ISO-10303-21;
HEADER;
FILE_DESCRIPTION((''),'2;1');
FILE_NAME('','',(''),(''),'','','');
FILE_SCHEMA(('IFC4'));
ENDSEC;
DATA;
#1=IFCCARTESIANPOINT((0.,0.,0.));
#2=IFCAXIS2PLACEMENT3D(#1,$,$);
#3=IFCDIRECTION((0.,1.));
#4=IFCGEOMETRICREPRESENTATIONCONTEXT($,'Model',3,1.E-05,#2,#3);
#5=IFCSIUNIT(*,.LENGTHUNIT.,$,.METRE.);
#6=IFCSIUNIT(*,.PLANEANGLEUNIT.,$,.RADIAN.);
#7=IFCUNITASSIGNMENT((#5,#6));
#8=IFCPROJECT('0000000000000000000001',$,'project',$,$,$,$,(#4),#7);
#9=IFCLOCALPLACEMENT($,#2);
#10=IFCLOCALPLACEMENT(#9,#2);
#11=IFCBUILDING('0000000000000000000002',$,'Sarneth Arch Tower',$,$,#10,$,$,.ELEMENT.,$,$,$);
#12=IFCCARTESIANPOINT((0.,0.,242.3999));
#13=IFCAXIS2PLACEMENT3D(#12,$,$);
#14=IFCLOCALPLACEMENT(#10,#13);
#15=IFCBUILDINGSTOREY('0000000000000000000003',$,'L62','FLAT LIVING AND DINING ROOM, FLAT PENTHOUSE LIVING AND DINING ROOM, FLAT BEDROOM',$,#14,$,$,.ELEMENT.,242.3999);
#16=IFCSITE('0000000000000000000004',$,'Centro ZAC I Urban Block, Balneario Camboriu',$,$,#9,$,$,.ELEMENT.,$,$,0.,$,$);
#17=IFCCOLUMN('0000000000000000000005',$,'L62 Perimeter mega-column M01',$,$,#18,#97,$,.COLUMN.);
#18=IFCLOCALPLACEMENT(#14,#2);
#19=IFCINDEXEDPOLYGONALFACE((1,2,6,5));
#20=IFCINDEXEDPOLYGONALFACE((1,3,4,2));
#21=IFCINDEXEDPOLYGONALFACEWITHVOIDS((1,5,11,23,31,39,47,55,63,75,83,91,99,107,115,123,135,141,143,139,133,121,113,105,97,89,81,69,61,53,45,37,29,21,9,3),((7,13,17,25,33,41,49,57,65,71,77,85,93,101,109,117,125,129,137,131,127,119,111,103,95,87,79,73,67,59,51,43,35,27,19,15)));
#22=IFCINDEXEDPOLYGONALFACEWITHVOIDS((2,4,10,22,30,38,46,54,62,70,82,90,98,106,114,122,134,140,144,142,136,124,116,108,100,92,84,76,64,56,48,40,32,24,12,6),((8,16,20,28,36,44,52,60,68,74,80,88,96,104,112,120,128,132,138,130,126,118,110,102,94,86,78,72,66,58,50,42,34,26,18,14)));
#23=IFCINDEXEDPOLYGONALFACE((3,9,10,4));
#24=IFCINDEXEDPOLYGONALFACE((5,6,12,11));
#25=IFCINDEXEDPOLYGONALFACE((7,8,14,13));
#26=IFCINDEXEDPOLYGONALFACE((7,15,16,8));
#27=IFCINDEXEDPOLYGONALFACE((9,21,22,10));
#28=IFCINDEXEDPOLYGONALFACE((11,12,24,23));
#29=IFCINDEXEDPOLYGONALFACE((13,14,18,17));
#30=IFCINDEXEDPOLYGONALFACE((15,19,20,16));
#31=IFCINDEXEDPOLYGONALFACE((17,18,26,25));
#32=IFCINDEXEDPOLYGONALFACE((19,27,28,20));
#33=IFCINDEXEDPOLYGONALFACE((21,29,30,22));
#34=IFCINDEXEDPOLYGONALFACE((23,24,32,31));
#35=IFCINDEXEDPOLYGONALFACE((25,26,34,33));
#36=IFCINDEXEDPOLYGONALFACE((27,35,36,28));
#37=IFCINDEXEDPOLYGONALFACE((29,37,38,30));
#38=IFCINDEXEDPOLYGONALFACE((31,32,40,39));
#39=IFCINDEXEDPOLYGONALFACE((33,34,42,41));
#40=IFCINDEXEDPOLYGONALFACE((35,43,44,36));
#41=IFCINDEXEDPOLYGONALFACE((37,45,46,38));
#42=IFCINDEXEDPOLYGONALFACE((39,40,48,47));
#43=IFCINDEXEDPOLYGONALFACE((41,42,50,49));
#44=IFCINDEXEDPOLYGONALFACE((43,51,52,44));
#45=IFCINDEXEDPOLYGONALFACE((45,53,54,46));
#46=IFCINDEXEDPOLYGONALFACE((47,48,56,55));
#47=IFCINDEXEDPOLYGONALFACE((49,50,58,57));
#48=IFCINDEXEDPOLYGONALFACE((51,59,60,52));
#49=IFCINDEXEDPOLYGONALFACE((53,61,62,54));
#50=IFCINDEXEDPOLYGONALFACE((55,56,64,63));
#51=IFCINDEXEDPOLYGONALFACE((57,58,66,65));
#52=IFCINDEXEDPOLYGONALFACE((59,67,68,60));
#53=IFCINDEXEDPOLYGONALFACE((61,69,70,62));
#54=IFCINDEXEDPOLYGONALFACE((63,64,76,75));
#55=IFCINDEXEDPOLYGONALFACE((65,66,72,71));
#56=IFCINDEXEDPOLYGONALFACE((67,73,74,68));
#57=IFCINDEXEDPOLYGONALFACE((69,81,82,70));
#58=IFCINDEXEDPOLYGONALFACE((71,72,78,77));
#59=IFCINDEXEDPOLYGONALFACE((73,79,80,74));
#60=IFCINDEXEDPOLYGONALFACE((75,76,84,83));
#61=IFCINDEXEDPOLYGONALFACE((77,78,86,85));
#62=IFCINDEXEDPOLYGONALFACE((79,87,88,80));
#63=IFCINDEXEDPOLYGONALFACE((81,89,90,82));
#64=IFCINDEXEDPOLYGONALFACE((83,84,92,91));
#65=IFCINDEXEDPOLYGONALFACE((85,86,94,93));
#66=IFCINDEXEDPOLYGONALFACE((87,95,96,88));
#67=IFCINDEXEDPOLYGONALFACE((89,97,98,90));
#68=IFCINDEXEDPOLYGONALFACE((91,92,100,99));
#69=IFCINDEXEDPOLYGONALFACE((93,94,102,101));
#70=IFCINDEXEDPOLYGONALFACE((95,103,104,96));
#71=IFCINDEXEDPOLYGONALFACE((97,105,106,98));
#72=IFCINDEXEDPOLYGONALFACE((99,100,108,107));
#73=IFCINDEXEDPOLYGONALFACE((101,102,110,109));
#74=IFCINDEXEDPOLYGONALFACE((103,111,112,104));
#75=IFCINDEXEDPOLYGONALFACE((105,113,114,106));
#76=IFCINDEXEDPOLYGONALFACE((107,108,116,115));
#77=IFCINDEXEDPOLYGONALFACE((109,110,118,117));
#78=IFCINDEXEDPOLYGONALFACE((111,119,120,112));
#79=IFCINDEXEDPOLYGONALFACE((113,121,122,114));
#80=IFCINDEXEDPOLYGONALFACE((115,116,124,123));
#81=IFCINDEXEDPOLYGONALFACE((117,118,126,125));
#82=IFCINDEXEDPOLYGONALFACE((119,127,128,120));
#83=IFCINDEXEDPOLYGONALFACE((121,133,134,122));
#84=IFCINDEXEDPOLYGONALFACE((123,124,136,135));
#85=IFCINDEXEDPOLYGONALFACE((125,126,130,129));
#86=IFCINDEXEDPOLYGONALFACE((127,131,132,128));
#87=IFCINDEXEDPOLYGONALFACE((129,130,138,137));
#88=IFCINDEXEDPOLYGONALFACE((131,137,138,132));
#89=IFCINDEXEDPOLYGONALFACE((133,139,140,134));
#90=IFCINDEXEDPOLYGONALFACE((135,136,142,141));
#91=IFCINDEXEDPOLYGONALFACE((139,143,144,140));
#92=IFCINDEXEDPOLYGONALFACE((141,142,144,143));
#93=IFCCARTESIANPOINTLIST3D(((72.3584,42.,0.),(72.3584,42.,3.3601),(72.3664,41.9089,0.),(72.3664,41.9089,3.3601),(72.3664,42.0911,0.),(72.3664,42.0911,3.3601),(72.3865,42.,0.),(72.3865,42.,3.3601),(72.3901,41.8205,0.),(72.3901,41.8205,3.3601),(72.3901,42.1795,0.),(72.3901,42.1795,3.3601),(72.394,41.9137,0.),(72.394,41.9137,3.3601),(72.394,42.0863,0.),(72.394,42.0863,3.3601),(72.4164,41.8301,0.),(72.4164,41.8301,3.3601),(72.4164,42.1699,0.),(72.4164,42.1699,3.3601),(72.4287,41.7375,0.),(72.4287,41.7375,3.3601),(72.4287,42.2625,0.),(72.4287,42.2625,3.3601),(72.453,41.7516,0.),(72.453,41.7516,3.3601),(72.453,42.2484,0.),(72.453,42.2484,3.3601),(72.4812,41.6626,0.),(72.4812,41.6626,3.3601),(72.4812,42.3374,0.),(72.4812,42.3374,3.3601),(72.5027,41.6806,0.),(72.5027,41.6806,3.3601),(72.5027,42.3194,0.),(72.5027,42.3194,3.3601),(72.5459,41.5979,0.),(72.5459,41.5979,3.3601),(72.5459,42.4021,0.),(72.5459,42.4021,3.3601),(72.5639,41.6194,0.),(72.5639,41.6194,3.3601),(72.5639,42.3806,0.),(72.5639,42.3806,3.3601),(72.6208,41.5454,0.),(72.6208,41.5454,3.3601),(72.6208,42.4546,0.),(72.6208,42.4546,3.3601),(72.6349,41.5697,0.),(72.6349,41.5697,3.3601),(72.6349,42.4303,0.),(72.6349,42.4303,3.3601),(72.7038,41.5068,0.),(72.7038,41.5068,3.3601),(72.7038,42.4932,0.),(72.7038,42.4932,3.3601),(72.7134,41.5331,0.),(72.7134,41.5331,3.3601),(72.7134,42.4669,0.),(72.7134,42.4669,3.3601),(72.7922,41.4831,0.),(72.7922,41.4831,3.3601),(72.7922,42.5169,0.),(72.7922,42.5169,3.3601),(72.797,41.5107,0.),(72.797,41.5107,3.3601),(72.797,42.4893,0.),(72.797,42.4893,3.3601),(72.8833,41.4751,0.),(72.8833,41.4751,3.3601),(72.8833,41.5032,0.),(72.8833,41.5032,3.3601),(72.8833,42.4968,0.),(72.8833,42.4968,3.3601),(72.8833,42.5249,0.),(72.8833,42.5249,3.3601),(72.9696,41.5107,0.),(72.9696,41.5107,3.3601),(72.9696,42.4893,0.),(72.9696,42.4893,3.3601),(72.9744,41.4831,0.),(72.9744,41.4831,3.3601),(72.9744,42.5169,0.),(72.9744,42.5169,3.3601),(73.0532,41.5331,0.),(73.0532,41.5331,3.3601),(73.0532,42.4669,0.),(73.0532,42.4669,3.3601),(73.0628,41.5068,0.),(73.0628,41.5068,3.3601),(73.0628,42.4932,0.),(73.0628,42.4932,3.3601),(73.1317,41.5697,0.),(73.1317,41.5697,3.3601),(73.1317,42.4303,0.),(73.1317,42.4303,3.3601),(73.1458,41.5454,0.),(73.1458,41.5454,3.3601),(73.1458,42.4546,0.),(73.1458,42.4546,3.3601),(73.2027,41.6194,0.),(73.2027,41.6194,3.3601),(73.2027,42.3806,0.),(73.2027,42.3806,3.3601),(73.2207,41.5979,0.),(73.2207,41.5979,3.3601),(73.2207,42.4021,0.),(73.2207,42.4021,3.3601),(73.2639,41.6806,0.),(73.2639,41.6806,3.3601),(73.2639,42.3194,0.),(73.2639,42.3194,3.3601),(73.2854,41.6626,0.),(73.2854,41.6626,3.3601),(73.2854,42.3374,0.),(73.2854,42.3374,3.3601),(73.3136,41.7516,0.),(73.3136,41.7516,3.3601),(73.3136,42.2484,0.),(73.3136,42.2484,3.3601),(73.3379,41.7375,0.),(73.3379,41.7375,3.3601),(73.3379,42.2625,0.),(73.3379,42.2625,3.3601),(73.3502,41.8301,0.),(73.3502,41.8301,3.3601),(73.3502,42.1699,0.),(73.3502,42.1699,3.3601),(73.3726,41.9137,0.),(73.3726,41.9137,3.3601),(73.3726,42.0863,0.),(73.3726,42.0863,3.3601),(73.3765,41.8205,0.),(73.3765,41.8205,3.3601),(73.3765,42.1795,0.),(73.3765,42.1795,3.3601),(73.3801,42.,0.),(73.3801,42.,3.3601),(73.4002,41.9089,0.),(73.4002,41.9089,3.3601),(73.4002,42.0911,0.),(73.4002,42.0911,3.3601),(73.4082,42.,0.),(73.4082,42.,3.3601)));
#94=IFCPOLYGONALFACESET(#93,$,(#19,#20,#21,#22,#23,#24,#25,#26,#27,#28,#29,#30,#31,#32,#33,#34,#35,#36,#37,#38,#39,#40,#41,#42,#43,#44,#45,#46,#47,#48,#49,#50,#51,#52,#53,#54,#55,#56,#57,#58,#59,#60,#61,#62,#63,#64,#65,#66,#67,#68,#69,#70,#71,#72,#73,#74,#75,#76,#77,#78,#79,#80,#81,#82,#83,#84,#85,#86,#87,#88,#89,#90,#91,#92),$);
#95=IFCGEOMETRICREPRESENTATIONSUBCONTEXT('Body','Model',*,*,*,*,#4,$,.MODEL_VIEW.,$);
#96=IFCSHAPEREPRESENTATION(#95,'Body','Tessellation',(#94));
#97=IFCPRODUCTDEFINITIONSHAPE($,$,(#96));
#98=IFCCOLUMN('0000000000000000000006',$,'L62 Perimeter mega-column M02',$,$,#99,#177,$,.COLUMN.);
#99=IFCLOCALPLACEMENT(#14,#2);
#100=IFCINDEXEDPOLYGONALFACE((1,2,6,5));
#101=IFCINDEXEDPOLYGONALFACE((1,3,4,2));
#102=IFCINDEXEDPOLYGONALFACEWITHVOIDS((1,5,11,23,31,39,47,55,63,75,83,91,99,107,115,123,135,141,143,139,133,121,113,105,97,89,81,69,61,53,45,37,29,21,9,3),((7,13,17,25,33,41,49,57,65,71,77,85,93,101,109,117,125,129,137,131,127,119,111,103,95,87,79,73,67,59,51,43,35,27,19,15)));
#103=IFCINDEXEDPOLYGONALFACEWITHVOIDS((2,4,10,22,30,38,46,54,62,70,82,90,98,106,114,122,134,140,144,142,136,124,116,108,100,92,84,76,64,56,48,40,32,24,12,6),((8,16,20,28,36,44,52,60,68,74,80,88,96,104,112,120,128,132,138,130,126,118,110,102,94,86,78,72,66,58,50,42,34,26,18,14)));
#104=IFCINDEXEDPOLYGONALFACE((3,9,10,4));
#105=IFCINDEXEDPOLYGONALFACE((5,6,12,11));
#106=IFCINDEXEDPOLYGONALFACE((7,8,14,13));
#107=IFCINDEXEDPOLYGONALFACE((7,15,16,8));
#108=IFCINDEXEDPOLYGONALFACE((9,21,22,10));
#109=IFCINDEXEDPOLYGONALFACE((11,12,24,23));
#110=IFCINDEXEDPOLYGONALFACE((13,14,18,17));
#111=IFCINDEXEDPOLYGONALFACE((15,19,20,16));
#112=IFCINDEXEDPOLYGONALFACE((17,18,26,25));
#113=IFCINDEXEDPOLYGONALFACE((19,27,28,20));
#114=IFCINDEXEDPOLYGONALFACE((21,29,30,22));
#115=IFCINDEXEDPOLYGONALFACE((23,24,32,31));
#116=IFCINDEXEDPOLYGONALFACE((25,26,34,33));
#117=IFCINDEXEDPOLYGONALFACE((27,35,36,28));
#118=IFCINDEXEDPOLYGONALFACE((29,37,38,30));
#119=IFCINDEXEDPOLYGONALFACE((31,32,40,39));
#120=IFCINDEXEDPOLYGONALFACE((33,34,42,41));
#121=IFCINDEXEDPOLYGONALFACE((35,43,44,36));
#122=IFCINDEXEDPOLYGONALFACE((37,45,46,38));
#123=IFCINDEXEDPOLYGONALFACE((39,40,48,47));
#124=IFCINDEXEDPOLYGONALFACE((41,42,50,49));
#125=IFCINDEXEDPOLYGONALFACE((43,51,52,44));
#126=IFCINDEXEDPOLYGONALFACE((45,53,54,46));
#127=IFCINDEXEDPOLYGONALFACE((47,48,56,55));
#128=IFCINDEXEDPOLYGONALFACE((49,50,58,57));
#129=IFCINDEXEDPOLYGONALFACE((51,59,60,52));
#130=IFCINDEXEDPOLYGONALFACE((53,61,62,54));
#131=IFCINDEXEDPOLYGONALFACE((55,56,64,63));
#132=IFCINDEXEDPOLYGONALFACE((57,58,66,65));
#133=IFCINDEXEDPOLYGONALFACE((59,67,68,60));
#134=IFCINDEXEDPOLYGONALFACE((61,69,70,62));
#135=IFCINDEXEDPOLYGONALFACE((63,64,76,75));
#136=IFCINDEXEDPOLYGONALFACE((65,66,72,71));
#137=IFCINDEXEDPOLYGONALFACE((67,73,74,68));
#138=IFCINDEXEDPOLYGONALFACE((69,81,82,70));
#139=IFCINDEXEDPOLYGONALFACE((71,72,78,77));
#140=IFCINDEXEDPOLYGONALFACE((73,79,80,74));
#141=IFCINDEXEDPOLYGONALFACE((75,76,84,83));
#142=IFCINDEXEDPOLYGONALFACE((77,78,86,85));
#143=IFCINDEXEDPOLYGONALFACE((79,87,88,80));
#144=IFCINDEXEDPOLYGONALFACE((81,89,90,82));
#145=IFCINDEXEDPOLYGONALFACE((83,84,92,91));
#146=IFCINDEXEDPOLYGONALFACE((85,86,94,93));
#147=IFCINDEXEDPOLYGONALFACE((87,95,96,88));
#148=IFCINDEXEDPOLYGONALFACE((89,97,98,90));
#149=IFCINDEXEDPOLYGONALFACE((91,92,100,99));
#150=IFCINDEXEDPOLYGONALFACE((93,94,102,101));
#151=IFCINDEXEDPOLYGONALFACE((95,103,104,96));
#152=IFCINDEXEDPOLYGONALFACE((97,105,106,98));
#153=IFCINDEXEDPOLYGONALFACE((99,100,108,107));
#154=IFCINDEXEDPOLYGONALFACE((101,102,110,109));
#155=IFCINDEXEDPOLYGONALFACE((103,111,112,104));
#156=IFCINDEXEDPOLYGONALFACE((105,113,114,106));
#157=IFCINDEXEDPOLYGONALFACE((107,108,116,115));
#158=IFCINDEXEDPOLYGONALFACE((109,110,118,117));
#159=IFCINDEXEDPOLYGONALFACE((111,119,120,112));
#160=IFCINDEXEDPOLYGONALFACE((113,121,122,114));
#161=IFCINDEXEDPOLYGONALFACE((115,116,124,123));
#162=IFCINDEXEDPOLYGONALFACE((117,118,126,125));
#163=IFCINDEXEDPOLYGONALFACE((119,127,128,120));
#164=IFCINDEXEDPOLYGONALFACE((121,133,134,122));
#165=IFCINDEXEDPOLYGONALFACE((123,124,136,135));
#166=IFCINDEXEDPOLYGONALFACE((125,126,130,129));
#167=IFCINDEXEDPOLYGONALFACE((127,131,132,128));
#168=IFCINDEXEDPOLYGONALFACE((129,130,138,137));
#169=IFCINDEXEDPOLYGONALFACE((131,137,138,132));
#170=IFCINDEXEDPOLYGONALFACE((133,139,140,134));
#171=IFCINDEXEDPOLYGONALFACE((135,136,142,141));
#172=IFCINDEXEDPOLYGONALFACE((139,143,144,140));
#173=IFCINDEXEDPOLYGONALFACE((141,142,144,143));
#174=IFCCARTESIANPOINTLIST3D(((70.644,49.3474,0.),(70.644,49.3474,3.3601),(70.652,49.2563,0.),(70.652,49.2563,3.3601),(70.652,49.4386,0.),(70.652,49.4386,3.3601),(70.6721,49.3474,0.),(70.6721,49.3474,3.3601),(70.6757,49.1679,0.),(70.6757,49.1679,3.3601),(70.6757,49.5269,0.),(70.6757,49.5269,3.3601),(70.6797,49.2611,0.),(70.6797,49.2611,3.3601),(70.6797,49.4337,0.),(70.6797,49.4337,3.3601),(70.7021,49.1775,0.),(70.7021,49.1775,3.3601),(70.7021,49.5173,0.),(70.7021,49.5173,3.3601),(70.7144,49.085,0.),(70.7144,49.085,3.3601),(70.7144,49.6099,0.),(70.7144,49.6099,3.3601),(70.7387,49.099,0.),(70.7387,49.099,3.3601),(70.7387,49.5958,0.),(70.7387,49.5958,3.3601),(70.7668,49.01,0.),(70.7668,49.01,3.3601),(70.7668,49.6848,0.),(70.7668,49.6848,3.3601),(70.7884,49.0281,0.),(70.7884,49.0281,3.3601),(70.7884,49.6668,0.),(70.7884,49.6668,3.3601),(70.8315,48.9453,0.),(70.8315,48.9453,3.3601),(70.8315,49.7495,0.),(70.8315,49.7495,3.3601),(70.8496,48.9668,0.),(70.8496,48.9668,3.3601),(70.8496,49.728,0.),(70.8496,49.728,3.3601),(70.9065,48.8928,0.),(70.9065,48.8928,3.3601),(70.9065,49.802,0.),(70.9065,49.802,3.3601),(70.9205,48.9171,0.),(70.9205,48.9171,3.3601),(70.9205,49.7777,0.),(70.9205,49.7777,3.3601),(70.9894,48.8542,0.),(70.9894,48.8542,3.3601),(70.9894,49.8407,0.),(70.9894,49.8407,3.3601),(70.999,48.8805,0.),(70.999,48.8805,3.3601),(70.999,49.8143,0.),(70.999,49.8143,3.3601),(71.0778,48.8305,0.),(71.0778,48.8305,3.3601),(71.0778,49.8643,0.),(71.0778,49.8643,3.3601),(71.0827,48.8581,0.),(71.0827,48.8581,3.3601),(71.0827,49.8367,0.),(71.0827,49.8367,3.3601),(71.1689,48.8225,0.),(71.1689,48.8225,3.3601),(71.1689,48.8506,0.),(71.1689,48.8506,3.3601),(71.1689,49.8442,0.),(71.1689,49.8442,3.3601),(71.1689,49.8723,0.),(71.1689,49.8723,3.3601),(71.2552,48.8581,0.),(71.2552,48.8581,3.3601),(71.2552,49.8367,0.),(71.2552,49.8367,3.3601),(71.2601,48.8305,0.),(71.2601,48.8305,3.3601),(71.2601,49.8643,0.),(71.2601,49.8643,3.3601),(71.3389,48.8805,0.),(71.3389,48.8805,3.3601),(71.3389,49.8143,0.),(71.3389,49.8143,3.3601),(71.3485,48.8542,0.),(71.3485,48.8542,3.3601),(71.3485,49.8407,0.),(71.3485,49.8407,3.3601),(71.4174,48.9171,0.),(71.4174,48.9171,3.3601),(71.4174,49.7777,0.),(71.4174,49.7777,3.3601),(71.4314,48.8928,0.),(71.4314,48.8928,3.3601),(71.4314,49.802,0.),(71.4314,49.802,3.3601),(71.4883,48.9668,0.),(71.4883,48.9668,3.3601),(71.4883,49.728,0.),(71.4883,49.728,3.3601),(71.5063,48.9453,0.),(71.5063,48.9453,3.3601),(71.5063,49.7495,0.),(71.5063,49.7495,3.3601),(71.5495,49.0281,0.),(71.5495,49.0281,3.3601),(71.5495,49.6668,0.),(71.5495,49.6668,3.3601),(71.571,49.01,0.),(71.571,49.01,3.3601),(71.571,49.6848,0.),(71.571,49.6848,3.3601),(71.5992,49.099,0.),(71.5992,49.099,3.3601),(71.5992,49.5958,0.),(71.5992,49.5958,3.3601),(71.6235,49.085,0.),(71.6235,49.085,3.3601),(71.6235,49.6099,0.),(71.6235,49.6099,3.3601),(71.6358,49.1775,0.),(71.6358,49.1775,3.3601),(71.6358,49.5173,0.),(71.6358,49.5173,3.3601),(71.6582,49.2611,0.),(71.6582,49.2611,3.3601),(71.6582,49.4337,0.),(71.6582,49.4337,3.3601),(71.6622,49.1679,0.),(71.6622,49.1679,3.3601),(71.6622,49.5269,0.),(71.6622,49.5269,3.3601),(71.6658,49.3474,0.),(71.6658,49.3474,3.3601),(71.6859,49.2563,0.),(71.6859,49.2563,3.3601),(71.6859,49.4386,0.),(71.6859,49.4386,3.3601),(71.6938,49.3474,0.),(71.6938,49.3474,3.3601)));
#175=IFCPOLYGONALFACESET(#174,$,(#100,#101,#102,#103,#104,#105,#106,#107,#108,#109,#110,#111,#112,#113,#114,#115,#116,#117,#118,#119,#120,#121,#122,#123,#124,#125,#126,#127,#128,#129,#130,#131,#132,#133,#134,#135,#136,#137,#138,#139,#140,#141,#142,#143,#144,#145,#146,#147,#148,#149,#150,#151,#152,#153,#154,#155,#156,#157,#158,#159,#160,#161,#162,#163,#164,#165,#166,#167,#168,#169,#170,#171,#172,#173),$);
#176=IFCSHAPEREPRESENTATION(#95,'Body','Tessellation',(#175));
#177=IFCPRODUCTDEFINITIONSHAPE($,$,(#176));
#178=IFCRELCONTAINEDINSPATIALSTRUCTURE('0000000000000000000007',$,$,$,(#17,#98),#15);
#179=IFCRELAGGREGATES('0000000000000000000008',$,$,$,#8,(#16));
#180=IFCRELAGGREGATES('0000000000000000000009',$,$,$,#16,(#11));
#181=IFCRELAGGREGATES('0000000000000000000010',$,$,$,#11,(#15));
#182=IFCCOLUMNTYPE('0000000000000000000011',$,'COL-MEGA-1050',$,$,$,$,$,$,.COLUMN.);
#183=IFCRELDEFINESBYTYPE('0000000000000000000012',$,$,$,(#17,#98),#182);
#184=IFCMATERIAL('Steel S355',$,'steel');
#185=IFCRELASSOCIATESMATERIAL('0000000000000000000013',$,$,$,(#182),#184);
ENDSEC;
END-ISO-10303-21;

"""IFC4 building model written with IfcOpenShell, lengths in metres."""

from ifc_helpers import new_model, si_unit, direction, frame, origin, origin_2d, place, context, subcontext, project, spatial, hollow_circle, extrude, material, material_profile, profile_set, type_object, element, save


model = new_model("IFC4")

# Units and contexts
model_context = context("Model", 3, precision=1e-05, world=origin(), true_north=direction((0.0, 1.0)))
body_context = subcontext(model_context, "Body", "Model", "MODEL_VIEW")
ifc_project = project(units=[si_unit("LENGTHUNIT", "METRE"), si_unit("PLANEANGLEUNIT", "RADIAN")], contexts=[model_context])

# Site, building, storey
site_placement = place(None, origin())
site = spatial("IfcSite", under=ifc_project, at=site_placement, Name="Centro ZAC I Urban Block, Balneario Camboriu", CompositionType="ELEMENT", RefElevation=0.0)
building_placement = place(site_placement, origin())
building = spatial("IfcBuilding", under=site, at=building_placement, Name="Sarneth Arch Tower", CompositionType="ELEMENT")
storey_placement = place(building_placement, frame((0.0, 0.0, 242.3999)))
storey = spatial("IfcBuildingStorey", under=building, at=storey_placement, Name="L62", Description="FLAT LIVING AND DINING ROOM, FLAT PENTHOUSE LIVING AND DINING ROOM, FLAT BEDROOM", CompositionType="ELEMENT", Elevation=242.3999)

# Columns
ifc_material_1 = material(Name="Steel S355", Category="steel")
ifc_material_profile_1 = material_profile(ifc_material_1, hollow_circle(Radius=0.5249, WallThickness=0.0281, at=origin_2d()), Name="CHS1050x28")
ifc_profile_set_1 = profile_set([ifc_material_profile_1], Name="Steel S355")
column_type = type_object("IfcColumnType", Name="COL-MEGA-1050", PredefinedType="COLUMN", material=ifc_profile_set_1)
for number, where, z_axis, x_axis, name in (
    (1, (72.8833, 42.0, 0.0), (0.0, 0.0, 1.0), (1.0, 0.0, 0.0), "L62 Perimeter mega-column M01"),
    (2, (71.1689, 49.3474, 0.0), (0.0, 0.0, 1.0), (1.0, 0.0, 0.0), "L62 Perimeter mega-column M02"),
):
    element("IfcColumn", number, at=place(storey_placement, frame(where, z_axis=z_axis, x_axis=x_axis)), inside=storey, type_object=column_type, Name=name, PredefinedType="COLUMN", context=body_context, shape_type="SweptSolid", body=[
        extrude(hollow_circle(Radius=0.5249, WallThickness=0.0281, at=origin_2d()), origin(), (0.0, 0.0, 1.0), 3.3601),
    ])

save(model, "model.ifc")
